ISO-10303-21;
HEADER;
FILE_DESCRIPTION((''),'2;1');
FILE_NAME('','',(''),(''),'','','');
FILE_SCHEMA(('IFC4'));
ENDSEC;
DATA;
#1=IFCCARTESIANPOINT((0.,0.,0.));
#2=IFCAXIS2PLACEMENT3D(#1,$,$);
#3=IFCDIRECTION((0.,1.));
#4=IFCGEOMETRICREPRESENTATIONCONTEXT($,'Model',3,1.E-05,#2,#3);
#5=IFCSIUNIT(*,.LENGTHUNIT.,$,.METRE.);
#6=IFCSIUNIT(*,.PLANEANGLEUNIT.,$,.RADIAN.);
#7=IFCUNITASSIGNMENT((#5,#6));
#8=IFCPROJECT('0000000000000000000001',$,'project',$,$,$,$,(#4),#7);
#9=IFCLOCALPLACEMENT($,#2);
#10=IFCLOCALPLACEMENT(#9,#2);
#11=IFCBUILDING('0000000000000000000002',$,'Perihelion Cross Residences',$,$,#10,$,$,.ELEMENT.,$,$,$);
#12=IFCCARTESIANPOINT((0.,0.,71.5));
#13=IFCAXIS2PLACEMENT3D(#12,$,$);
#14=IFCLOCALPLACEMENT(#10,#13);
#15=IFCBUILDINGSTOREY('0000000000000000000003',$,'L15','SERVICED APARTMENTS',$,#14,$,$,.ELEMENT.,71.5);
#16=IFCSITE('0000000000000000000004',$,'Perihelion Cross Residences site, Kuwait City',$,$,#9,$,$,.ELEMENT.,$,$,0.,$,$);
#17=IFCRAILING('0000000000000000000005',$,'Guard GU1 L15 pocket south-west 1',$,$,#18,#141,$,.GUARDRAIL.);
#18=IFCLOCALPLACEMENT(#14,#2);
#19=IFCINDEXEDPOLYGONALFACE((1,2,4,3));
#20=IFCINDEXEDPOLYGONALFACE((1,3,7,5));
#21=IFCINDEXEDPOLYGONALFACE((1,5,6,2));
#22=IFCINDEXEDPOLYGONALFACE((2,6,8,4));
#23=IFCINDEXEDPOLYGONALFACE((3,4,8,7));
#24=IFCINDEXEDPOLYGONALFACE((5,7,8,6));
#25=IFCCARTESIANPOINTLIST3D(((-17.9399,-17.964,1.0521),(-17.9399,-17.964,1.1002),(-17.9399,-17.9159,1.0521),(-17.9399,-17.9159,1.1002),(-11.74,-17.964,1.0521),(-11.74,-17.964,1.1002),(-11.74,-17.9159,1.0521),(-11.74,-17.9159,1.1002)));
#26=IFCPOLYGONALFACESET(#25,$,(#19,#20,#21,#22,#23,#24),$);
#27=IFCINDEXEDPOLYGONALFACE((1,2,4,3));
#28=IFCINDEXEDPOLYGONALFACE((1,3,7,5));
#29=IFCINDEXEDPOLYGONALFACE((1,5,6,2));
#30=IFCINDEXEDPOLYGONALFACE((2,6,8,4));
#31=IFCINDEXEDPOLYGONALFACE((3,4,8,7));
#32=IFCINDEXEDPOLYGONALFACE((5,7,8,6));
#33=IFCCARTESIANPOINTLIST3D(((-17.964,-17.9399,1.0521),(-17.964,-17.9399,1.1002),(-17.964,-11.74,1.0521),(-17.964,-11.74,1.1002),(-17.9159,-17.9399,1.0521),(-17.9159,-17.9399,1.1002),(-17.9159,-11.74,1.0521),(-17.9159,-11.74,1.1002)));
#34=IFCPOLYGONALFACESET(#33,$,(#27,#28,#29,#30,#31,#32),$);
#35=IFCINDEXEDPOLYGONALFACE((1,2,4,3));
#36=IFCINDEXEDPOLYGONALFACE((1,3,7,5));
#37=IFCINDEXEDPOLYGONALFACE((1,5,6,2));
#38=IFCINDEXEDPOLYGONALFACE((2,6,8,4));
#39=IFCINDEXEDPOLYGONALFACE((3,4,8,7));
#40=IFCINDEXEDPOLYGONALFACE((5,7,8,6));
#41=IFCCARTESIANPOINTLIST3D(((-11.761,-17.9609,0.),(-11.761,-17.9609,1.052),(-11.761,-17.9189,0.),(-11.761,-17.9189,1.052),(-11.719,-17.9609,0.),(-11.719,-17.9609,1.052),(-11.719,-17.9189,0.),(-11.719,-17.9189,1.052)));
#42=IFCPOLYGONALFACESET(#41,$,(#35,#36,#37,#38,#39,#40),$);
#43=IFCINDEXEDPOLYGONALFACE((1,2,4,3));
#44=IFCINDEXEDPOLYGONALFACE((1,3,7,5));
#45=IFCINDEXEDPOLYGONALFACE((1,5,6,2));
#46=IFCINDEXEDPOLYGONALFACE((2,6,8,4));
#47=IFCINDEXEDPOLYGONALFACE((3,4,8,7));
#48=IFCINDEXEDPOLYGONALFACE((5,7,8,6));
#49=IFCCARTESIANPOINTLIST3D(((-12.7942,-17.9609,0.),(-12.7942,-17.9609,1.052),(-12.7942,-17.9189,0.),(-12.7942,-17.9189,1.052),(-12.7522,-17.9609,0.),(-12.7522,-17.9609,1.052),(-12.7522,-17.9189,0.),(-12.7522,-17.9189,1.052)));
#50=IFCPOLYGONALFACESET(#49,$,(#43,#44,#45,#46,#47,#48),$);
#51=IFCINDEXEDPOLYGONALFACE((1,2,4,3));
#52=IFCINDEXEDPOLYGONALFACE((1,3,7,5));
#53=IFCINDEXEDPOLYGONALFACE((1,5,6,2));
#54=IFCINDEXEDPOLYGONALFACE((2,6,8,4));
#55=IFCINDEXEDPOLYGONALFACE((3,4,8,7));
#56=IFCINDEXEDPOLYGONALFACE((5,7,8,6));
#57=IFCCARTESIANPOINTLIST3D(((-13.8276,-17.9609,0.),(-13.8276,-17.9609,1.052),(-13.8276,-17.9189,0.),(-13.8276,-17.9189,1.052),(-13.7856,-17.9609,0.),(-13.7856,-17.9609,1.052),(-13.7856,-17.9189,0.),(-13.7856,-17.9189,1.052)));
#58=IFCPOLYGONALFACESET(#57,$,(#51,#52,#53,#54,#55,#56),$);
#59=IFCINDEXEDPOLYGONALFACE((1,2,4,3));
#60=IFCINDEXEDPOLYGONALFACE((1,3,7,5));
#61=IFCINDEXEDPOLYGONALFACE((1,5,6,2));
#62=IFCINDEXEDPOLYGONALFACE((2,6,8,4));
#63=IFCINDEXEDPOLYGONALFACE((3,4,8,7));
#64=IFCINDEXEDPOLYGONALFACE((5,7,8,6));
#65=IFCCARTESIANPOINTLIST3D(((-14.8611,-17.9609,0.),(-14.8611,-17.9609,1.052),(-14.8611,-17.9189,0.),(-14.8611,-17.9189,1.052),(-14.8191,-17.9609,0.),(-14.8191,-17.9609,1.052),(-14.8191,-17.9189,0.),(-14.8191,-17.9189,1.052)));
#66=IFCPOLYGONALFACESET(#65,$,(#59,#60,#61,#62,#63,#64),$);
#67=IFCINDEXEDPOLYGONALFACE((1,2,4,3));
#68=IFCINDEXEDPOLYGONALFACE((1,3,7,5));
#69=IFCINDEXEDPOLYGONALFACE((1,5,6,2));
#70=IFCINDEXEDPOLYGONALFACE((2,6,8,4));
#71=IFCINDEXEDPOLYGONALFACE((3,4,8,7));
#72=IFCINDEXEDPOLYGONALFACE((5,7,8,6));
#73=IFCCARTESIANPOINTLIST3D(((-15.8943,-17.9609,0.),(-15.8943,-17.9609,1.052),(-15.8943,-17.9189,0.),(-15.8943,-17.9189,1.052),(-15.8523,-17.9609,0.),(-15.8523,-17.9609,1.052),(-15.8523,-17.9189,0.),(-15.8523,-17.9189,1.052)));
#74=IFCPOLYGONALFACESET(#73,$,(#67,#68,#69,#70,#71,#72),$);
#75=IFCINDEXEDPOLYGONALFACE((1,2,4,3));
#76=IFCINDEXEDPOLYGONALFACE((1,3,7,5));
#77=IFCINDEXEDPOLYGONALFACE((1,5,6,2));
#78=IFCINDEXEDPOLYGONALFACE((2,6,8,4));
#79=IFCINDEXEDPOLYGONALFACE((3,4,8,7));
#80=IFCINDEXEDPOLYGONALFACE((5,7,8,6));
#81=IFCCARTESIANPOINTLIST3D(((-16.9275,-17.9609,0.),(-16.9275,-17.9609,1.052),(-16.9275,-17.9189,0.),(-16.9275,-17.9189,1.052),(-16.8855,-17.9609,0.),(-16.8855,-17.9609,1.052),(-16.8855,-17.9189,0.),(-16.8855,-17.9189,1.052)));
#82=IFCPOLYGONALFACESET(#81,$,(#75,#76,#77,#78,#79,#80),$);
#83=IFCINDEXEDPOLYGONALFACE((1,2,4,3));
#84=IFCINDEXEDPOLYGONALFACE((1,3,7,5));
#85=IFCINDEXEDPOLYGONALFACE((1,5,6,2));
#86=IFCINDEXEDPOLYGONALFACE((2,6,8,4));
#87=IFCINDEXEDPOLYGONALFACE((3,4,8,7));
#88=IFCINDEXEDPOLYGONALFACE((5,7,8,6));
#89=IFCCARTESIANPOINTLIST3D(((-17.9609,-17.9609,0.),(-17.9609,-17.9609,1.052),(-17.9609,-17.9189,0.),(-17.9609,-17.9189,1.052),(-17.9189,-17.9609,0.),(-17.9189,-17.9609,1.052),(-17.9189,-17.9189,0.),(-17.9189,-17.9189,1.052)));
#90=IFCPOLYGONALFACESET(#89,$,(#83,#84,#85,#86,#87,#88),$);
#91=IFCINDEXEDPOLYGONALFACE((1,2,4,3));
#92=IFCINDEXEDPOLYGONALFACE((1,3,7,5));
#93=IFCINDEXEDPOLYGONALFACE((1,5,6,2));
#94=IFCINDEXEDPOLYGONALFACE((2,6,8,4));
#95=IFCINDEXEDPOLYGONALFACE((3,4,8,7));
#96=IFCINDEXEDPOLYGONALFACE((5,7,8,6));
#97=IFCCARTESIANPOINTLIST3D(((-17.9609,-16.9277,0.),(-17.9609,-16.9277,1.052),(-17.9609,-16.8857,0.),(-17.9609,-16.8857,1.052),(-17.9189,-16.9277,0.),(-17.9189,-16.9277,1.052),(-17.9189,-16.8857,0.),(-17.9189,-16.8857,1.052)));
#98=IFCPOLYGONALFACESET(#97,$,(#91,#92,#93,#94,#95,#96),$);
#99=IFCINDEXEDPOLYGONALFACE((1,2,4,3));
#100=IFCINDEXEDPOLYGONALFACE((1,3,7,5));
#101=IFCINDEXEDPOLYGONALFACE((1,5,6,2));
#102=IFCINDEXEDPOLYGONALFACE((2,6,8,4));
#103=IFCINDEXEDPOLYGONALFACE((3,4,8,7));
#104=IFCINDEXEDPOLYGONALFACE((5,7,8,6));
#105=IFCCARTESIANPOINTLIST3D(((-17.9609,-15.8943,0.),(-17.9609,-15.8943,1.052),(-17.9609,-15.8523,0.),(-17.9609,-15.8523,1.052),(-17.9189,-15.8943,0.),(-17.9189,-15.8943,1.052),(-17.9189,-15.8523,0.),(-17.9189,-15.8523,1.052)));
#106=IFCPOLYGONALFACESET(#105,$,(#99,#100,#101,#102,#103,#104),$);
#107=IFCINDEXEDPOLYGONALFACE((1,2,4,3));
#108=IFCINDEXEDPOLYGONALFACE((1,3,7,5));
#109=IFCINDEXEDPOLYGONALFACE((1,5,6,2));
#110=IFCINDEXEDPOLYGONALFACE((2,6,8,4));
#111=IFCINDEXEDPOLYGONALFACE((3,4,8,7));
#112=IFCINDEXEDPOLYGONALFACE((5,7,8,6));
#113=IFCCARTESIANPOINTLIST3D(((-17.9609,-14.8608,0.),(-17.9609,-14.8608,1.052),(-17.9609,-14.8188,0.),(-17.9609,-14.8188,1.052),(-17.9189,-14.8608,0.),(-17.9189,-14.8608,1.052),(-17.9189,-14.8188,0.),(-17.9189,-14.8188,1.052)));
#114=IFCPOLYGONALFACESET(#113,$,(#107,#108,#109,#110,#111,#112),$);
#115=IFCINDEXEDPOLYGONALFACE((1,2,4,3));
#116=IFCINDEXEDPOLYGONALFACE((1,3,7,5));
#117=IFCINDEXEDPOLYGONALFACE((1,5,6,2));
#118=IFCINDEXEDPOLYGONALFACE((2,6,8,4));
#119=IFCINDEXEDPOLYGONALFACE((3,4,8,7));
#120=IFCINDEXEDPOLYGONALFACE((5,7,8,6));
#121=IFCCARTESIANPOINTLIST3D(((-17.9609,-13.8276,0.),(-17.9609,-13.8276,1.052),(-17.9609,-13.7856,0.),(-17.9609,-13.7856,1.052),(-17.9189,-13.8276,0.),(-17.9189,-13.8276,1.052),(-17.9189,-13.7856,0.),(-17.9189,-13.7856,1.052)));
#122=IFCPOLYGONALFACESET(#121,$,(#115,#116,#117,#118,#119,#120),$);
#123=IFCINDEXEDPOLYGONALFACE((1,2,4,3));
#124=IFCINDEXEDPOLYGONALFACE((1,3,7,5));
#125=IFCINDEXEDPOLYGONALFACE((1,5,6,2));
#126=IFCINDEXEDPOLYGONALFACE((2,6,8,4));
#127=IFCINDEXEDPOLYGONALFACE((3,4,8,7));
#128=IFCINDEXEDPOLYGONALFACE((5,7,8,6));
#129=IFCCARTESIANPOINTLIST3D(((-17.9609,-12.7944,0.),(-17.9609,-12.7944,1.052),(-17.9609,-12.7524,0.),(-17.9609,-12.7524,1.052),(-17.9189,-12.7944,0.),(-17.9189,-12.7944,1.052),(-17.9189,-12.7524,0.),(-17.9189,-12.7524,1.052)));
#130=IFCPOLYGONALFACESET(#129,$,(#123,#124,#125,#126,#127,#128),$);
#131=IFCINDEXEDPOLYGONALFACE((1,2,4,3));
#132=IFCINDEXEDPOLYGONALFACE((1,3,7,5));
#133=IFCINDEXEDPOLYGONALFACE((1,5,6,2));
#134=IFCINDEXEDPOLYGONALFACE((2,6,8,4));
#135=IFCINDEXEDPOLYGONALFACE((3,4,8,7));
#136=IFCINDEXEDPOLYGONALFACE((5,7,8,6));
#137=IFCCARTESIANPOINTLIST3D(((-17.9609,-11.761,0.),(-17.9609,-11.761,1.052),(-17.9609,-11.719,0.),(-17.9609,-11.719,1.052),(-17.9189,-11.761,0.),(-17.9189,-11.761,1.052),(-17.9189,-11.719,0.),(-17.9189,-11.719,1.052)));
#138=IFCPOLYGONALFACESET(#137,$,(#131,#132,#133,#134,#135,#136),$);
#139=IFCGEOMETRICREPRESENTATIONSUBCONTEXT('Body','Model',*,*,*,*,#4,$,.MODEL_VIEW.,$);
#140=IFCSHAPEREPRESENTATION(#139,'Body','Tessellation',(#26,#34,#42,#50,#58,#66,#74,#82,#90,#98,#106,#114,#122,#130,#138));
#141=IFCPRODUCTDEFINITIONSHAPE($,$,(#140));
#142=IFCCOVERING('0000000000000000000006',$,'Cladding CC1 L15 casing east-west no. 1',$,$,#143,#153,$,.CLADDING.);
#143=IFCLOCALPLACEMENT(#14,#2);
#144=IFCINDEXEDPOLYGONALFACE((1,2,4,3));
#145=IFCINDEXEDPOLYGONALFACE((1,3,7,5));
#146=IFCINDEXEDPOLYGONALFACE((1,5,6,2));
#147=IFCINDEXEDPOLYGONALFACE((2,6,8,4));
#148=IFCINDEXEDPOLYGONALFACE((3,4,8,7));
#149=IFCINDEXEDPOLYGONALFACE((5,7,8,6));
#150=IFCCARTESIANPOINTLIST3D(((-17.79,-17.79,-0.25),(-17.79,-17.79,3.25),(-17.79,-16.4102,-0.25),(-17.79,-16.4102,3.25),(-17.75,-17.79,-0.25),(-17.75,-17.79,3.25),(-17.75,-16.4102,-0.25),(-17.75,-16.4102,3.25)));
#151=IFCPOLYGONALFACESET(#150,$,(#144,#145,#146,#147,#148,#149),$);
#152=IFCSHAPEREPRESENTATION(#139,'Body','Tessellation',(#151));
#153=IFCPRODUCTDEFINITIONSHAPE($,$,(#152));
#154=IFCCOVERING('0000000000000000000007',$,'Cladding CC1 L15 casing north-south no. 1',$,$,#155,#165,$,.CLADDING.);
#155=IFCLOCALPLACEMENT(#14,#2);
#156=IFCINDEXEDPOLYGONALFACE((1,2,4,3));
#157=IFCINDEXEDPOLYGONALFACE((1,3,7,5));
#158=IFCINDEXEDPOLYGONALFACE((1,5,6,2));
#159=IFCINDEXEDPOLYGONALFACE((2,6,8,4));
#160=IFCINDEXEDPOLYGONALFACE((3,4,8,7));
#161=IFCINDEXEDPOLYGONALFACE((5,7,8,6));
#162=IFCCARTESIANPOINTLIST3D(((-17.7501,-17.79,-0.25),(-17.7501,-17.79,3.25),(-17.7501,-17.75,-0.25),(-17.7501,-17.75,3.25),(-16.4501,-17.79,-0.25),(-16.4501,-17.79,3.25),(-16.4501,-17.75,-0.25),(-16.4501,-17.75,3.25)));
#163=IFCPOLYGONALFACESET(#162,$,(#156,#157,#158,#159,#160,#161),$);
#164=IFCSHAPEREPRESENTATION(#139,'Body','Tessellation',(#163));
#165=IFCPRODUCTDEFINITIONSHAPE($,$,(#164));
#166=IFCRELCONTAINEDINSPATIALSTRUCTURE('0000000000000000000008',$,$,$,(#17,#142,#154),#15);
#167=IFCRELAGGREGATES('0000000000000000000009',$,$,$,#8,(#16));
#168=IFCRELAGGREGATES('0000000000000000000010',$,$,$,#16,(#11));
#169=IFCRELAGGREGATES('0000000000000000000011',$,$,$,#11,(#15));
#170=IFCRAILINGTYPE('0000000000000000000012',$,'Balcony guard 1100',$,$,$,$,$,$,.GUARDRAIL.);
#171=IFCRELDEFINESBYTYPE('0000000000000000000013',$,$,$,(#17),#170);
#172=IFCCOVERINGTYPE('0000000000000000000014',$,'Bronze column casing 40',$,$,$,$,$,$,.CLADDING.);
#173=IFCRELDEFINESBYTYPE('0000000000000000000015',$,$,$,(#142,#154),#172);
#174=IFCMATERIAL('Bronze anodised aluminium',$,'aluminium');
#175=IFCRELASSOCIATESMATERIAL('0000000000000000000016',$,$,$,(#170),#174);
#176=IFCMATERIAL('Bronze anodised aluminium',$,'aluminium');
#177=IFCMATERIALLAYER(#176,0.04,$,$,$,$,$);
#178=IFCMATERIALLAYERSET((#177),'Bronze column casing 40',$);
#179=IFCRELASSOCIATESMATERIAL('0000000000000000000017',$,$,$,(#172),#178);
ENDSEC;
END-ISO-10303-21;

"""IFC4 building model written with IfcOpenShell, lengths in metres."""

from ifc_helpers import new_model, si_unit, direction, frame, origin, origin_2d, place, context, subcontext, project, spatial, rectangle, extrude, material, layer, layer_set, type_object, element, save


model = new_model("IFC4")

# Units and contexts
model_context = context("Model", 3, precision=1e-05, world=origin(), true_north=direction((0.0, 1.0)))
body_context = subcontext(model_context, "Body", "Model", "MODEL_VIEW")
ifc_project = project(units=[si_unit("LENGTHUNIT", "METRE"), si_unit("PLANEANGLEUNIT", "RADIAN")], contexts=[model_context])

# Site, building, storey
site_placement = place(None, origin())
site = spatial("IfcSite", under=ifc_project, at=site_placement, Name="Perihelion Cross Residences site, Kuwait City", CompositionType="ELEMENT", RefElevation=0.0)
building_placement = place(site_placement, origin())
building = spatial("IfcBuilding", under=site, at=building_placement, Name="Perihelion Cross Residences", CompositionType="ELEMENT")
storey_placement = place(building_placement, frame((0.0, 0.0, 71.5)))
storey = spatial("IfcBuildingStorey", under=building, at=storey_placement, Name="L15", Description="SERVICED APARTMENTS", CompositionType="ELEMENT", Elevation=71.5)

# Railing
ifc_material_1 = material(Name="Bronze anodised aluminium", Category="aluminium")
railing_type = type_object("IfcRailingType", Name="Balcony guard 1100", PredefinedType="GUARDRAIL", material=ifc_material_1)
railing_1_placement = place(storey_placement, frame((-11.74, -17.9399, 0.0)))
element("IfcRailing", 1, at=railing_1_placement, inside=storey, type_object=railing_type, Name="Guard GU1 L15 pocket south-west 1", PredefinedType="GUARDRAIL", context=body_context, shape_type="SweptSolid", body=[
    extrude(rectangle(XDim=0.0481, YDim=0.0481, at=origin_2d()), frame((0.0, 0.0, 1.0762), z_axis=(-1.0, 0.0, 0.0), x_axis=(0.0, -1.0, 0.0)), (0.0, 0.0, 1.0), 6.2),
    extrude(rectangle(XDim=0.0481, YDim=0.0481, at=origin_2d()), frame((-6.2, 0.0, 1.0762), z_axis=(0.0, 1.0, 0.0), x_axis=(-1.0, 0.0, 0.0)), (0.0, 0.0, 1.0), 6.2),
    extrude(rectangle(XDim=0.042, YDim=0.042, at=origin_2d()), origin(), (0.0, 0.0, 1.0), 1.052),
    extrude(rectangle(XDim=0.042, YDim=0.042, at=origin_2d()), frame((-1.0332, 0.0, 0.0)), (0.0, 0.0, 1.0), 1.052),
    extrude(rectangle(XDim=0.042, YDim=0.042, at=origin_2d()), frame((-2.0667, 0.0, 0.0)), (0.0, 0.0, 1.0), 1.052),
    extrude(rectangle(XDim=0.042, YDim=0.042, at=origin_2d()), frame((-3.1001, 0.0, 0.0)), (0.0, 0.0, 1.0), 1.052),
    extrude(rectangle(XDim=0.042, YDim=0.042, at=origin_2d()), frame((-4.1333, 0.0, 0.0)), (0.0, 0.0, 1.0), 1.052),
    extrude(rectangle(XDim=0.042, YDim=0.042, at=origin_2d()), frame((-5.1665, 0.0, 0.0)), (0.0, 0.0, 1.0), 1.052),
    extrude(rectangle(XDim=0.042, YDim=0.042, at=origin_2d()), frame((-6.2, 0.0, 0.0)), (0.0, 0.0, 1.0), 1.052),
    extrude(rectangle(XDim=0.042, YDim=0.042, at=origin_2d()), frame((-6.2, 1.0332, 0.0)), (0.0, 0.0, 1.0), 1.052),
    extrude(rectangle(XDim=0.042, YDim=0.042, at=origin_2d()), frame((-6.2, 2.0667, 0.0)), (0.0, 0.0, 1.0), 1.052),
    extrude(rectangle(XDim=0.042, YDim=0.042, at=origin_2d()), frame((-6.2, 3.1001, 0.0)), (0.0, 0.0, 1.0), 1.052),
    extrude(rectangle(XDim=0.042, YDim=0.042, at=origin_2d()), frame((-6.2, 4.1333, 0.0)), (0.0, 0.0, 1.0), 1.052),
    extrude(rectangle(XDim=0.042, YDim=0.042, at=origin_2d()), frame((-6.2, 5.1665, 0.0)), (0.0, 0.0, 1.0), 1.052),
    extrude(rectangle(XDim=0.042, YDim=0.042, at=origin_2d()), frame((-6.2, 6.2, 0.0)), (0.0, 0.0, 1.0), 1.052),
])

# Coverings
ifc_material_2 = material(Name="Bronze anodised aluminium", Category="aluminium")
ifc_layer_1 = layer(ifc_material_2, 0.04)
ifc_layer_set_1 = layer_set([ifc_layer_1], Name="Bronze column casing 40")
covering_type = type_object("IfcCoveringType", Name="Bronze column casing 40", PredefinedType="CLADDING", material=ifc_layer_set_1)
covering_1_placement = place(storey_placement, frame((-17.77, -17.1001, -0.25), z_axis=(0.0, 0.0, 1.0), x_axis=(1.0, 0.0, 0.0)))
element("IfcCovering", 2, at=covering_1_placement, inside=storey, type_object=covering_type, Name="Cladding CC1 L15 casing east-west no. 1", PredefinedType="CLADDING", context=body_context, shape_type="SweptSolid", body=[
    extrude(rectangle(XDim=0.04, YDim=1.3799, at=origin_2d()), origin(), (0.0, 0.0, 1.0), 3.5),
])
covering_2_placement = place(storey_placement, frame((-17.1001, -17.77, -0.25), z_axis=(0.0, 0.0, 1.0), x_axis=(1.0, 0.0, 0.0)))
element("IfcCovering", 3, at=covering_2_placement, inside=storey, type_object=covering_type, Name="Cladding CC1 L15 casing north-south no. 1", PredefinedType="CLADDING", context=body_context, shape_type="SweptSolid", body=[
    extrude(rectangle(XDim=1.3, YDim=0.04, at=origin_2d()), origin(), (0.0, 0.0, 1.0), 3.5),
])

save(model, "model.ifc")
